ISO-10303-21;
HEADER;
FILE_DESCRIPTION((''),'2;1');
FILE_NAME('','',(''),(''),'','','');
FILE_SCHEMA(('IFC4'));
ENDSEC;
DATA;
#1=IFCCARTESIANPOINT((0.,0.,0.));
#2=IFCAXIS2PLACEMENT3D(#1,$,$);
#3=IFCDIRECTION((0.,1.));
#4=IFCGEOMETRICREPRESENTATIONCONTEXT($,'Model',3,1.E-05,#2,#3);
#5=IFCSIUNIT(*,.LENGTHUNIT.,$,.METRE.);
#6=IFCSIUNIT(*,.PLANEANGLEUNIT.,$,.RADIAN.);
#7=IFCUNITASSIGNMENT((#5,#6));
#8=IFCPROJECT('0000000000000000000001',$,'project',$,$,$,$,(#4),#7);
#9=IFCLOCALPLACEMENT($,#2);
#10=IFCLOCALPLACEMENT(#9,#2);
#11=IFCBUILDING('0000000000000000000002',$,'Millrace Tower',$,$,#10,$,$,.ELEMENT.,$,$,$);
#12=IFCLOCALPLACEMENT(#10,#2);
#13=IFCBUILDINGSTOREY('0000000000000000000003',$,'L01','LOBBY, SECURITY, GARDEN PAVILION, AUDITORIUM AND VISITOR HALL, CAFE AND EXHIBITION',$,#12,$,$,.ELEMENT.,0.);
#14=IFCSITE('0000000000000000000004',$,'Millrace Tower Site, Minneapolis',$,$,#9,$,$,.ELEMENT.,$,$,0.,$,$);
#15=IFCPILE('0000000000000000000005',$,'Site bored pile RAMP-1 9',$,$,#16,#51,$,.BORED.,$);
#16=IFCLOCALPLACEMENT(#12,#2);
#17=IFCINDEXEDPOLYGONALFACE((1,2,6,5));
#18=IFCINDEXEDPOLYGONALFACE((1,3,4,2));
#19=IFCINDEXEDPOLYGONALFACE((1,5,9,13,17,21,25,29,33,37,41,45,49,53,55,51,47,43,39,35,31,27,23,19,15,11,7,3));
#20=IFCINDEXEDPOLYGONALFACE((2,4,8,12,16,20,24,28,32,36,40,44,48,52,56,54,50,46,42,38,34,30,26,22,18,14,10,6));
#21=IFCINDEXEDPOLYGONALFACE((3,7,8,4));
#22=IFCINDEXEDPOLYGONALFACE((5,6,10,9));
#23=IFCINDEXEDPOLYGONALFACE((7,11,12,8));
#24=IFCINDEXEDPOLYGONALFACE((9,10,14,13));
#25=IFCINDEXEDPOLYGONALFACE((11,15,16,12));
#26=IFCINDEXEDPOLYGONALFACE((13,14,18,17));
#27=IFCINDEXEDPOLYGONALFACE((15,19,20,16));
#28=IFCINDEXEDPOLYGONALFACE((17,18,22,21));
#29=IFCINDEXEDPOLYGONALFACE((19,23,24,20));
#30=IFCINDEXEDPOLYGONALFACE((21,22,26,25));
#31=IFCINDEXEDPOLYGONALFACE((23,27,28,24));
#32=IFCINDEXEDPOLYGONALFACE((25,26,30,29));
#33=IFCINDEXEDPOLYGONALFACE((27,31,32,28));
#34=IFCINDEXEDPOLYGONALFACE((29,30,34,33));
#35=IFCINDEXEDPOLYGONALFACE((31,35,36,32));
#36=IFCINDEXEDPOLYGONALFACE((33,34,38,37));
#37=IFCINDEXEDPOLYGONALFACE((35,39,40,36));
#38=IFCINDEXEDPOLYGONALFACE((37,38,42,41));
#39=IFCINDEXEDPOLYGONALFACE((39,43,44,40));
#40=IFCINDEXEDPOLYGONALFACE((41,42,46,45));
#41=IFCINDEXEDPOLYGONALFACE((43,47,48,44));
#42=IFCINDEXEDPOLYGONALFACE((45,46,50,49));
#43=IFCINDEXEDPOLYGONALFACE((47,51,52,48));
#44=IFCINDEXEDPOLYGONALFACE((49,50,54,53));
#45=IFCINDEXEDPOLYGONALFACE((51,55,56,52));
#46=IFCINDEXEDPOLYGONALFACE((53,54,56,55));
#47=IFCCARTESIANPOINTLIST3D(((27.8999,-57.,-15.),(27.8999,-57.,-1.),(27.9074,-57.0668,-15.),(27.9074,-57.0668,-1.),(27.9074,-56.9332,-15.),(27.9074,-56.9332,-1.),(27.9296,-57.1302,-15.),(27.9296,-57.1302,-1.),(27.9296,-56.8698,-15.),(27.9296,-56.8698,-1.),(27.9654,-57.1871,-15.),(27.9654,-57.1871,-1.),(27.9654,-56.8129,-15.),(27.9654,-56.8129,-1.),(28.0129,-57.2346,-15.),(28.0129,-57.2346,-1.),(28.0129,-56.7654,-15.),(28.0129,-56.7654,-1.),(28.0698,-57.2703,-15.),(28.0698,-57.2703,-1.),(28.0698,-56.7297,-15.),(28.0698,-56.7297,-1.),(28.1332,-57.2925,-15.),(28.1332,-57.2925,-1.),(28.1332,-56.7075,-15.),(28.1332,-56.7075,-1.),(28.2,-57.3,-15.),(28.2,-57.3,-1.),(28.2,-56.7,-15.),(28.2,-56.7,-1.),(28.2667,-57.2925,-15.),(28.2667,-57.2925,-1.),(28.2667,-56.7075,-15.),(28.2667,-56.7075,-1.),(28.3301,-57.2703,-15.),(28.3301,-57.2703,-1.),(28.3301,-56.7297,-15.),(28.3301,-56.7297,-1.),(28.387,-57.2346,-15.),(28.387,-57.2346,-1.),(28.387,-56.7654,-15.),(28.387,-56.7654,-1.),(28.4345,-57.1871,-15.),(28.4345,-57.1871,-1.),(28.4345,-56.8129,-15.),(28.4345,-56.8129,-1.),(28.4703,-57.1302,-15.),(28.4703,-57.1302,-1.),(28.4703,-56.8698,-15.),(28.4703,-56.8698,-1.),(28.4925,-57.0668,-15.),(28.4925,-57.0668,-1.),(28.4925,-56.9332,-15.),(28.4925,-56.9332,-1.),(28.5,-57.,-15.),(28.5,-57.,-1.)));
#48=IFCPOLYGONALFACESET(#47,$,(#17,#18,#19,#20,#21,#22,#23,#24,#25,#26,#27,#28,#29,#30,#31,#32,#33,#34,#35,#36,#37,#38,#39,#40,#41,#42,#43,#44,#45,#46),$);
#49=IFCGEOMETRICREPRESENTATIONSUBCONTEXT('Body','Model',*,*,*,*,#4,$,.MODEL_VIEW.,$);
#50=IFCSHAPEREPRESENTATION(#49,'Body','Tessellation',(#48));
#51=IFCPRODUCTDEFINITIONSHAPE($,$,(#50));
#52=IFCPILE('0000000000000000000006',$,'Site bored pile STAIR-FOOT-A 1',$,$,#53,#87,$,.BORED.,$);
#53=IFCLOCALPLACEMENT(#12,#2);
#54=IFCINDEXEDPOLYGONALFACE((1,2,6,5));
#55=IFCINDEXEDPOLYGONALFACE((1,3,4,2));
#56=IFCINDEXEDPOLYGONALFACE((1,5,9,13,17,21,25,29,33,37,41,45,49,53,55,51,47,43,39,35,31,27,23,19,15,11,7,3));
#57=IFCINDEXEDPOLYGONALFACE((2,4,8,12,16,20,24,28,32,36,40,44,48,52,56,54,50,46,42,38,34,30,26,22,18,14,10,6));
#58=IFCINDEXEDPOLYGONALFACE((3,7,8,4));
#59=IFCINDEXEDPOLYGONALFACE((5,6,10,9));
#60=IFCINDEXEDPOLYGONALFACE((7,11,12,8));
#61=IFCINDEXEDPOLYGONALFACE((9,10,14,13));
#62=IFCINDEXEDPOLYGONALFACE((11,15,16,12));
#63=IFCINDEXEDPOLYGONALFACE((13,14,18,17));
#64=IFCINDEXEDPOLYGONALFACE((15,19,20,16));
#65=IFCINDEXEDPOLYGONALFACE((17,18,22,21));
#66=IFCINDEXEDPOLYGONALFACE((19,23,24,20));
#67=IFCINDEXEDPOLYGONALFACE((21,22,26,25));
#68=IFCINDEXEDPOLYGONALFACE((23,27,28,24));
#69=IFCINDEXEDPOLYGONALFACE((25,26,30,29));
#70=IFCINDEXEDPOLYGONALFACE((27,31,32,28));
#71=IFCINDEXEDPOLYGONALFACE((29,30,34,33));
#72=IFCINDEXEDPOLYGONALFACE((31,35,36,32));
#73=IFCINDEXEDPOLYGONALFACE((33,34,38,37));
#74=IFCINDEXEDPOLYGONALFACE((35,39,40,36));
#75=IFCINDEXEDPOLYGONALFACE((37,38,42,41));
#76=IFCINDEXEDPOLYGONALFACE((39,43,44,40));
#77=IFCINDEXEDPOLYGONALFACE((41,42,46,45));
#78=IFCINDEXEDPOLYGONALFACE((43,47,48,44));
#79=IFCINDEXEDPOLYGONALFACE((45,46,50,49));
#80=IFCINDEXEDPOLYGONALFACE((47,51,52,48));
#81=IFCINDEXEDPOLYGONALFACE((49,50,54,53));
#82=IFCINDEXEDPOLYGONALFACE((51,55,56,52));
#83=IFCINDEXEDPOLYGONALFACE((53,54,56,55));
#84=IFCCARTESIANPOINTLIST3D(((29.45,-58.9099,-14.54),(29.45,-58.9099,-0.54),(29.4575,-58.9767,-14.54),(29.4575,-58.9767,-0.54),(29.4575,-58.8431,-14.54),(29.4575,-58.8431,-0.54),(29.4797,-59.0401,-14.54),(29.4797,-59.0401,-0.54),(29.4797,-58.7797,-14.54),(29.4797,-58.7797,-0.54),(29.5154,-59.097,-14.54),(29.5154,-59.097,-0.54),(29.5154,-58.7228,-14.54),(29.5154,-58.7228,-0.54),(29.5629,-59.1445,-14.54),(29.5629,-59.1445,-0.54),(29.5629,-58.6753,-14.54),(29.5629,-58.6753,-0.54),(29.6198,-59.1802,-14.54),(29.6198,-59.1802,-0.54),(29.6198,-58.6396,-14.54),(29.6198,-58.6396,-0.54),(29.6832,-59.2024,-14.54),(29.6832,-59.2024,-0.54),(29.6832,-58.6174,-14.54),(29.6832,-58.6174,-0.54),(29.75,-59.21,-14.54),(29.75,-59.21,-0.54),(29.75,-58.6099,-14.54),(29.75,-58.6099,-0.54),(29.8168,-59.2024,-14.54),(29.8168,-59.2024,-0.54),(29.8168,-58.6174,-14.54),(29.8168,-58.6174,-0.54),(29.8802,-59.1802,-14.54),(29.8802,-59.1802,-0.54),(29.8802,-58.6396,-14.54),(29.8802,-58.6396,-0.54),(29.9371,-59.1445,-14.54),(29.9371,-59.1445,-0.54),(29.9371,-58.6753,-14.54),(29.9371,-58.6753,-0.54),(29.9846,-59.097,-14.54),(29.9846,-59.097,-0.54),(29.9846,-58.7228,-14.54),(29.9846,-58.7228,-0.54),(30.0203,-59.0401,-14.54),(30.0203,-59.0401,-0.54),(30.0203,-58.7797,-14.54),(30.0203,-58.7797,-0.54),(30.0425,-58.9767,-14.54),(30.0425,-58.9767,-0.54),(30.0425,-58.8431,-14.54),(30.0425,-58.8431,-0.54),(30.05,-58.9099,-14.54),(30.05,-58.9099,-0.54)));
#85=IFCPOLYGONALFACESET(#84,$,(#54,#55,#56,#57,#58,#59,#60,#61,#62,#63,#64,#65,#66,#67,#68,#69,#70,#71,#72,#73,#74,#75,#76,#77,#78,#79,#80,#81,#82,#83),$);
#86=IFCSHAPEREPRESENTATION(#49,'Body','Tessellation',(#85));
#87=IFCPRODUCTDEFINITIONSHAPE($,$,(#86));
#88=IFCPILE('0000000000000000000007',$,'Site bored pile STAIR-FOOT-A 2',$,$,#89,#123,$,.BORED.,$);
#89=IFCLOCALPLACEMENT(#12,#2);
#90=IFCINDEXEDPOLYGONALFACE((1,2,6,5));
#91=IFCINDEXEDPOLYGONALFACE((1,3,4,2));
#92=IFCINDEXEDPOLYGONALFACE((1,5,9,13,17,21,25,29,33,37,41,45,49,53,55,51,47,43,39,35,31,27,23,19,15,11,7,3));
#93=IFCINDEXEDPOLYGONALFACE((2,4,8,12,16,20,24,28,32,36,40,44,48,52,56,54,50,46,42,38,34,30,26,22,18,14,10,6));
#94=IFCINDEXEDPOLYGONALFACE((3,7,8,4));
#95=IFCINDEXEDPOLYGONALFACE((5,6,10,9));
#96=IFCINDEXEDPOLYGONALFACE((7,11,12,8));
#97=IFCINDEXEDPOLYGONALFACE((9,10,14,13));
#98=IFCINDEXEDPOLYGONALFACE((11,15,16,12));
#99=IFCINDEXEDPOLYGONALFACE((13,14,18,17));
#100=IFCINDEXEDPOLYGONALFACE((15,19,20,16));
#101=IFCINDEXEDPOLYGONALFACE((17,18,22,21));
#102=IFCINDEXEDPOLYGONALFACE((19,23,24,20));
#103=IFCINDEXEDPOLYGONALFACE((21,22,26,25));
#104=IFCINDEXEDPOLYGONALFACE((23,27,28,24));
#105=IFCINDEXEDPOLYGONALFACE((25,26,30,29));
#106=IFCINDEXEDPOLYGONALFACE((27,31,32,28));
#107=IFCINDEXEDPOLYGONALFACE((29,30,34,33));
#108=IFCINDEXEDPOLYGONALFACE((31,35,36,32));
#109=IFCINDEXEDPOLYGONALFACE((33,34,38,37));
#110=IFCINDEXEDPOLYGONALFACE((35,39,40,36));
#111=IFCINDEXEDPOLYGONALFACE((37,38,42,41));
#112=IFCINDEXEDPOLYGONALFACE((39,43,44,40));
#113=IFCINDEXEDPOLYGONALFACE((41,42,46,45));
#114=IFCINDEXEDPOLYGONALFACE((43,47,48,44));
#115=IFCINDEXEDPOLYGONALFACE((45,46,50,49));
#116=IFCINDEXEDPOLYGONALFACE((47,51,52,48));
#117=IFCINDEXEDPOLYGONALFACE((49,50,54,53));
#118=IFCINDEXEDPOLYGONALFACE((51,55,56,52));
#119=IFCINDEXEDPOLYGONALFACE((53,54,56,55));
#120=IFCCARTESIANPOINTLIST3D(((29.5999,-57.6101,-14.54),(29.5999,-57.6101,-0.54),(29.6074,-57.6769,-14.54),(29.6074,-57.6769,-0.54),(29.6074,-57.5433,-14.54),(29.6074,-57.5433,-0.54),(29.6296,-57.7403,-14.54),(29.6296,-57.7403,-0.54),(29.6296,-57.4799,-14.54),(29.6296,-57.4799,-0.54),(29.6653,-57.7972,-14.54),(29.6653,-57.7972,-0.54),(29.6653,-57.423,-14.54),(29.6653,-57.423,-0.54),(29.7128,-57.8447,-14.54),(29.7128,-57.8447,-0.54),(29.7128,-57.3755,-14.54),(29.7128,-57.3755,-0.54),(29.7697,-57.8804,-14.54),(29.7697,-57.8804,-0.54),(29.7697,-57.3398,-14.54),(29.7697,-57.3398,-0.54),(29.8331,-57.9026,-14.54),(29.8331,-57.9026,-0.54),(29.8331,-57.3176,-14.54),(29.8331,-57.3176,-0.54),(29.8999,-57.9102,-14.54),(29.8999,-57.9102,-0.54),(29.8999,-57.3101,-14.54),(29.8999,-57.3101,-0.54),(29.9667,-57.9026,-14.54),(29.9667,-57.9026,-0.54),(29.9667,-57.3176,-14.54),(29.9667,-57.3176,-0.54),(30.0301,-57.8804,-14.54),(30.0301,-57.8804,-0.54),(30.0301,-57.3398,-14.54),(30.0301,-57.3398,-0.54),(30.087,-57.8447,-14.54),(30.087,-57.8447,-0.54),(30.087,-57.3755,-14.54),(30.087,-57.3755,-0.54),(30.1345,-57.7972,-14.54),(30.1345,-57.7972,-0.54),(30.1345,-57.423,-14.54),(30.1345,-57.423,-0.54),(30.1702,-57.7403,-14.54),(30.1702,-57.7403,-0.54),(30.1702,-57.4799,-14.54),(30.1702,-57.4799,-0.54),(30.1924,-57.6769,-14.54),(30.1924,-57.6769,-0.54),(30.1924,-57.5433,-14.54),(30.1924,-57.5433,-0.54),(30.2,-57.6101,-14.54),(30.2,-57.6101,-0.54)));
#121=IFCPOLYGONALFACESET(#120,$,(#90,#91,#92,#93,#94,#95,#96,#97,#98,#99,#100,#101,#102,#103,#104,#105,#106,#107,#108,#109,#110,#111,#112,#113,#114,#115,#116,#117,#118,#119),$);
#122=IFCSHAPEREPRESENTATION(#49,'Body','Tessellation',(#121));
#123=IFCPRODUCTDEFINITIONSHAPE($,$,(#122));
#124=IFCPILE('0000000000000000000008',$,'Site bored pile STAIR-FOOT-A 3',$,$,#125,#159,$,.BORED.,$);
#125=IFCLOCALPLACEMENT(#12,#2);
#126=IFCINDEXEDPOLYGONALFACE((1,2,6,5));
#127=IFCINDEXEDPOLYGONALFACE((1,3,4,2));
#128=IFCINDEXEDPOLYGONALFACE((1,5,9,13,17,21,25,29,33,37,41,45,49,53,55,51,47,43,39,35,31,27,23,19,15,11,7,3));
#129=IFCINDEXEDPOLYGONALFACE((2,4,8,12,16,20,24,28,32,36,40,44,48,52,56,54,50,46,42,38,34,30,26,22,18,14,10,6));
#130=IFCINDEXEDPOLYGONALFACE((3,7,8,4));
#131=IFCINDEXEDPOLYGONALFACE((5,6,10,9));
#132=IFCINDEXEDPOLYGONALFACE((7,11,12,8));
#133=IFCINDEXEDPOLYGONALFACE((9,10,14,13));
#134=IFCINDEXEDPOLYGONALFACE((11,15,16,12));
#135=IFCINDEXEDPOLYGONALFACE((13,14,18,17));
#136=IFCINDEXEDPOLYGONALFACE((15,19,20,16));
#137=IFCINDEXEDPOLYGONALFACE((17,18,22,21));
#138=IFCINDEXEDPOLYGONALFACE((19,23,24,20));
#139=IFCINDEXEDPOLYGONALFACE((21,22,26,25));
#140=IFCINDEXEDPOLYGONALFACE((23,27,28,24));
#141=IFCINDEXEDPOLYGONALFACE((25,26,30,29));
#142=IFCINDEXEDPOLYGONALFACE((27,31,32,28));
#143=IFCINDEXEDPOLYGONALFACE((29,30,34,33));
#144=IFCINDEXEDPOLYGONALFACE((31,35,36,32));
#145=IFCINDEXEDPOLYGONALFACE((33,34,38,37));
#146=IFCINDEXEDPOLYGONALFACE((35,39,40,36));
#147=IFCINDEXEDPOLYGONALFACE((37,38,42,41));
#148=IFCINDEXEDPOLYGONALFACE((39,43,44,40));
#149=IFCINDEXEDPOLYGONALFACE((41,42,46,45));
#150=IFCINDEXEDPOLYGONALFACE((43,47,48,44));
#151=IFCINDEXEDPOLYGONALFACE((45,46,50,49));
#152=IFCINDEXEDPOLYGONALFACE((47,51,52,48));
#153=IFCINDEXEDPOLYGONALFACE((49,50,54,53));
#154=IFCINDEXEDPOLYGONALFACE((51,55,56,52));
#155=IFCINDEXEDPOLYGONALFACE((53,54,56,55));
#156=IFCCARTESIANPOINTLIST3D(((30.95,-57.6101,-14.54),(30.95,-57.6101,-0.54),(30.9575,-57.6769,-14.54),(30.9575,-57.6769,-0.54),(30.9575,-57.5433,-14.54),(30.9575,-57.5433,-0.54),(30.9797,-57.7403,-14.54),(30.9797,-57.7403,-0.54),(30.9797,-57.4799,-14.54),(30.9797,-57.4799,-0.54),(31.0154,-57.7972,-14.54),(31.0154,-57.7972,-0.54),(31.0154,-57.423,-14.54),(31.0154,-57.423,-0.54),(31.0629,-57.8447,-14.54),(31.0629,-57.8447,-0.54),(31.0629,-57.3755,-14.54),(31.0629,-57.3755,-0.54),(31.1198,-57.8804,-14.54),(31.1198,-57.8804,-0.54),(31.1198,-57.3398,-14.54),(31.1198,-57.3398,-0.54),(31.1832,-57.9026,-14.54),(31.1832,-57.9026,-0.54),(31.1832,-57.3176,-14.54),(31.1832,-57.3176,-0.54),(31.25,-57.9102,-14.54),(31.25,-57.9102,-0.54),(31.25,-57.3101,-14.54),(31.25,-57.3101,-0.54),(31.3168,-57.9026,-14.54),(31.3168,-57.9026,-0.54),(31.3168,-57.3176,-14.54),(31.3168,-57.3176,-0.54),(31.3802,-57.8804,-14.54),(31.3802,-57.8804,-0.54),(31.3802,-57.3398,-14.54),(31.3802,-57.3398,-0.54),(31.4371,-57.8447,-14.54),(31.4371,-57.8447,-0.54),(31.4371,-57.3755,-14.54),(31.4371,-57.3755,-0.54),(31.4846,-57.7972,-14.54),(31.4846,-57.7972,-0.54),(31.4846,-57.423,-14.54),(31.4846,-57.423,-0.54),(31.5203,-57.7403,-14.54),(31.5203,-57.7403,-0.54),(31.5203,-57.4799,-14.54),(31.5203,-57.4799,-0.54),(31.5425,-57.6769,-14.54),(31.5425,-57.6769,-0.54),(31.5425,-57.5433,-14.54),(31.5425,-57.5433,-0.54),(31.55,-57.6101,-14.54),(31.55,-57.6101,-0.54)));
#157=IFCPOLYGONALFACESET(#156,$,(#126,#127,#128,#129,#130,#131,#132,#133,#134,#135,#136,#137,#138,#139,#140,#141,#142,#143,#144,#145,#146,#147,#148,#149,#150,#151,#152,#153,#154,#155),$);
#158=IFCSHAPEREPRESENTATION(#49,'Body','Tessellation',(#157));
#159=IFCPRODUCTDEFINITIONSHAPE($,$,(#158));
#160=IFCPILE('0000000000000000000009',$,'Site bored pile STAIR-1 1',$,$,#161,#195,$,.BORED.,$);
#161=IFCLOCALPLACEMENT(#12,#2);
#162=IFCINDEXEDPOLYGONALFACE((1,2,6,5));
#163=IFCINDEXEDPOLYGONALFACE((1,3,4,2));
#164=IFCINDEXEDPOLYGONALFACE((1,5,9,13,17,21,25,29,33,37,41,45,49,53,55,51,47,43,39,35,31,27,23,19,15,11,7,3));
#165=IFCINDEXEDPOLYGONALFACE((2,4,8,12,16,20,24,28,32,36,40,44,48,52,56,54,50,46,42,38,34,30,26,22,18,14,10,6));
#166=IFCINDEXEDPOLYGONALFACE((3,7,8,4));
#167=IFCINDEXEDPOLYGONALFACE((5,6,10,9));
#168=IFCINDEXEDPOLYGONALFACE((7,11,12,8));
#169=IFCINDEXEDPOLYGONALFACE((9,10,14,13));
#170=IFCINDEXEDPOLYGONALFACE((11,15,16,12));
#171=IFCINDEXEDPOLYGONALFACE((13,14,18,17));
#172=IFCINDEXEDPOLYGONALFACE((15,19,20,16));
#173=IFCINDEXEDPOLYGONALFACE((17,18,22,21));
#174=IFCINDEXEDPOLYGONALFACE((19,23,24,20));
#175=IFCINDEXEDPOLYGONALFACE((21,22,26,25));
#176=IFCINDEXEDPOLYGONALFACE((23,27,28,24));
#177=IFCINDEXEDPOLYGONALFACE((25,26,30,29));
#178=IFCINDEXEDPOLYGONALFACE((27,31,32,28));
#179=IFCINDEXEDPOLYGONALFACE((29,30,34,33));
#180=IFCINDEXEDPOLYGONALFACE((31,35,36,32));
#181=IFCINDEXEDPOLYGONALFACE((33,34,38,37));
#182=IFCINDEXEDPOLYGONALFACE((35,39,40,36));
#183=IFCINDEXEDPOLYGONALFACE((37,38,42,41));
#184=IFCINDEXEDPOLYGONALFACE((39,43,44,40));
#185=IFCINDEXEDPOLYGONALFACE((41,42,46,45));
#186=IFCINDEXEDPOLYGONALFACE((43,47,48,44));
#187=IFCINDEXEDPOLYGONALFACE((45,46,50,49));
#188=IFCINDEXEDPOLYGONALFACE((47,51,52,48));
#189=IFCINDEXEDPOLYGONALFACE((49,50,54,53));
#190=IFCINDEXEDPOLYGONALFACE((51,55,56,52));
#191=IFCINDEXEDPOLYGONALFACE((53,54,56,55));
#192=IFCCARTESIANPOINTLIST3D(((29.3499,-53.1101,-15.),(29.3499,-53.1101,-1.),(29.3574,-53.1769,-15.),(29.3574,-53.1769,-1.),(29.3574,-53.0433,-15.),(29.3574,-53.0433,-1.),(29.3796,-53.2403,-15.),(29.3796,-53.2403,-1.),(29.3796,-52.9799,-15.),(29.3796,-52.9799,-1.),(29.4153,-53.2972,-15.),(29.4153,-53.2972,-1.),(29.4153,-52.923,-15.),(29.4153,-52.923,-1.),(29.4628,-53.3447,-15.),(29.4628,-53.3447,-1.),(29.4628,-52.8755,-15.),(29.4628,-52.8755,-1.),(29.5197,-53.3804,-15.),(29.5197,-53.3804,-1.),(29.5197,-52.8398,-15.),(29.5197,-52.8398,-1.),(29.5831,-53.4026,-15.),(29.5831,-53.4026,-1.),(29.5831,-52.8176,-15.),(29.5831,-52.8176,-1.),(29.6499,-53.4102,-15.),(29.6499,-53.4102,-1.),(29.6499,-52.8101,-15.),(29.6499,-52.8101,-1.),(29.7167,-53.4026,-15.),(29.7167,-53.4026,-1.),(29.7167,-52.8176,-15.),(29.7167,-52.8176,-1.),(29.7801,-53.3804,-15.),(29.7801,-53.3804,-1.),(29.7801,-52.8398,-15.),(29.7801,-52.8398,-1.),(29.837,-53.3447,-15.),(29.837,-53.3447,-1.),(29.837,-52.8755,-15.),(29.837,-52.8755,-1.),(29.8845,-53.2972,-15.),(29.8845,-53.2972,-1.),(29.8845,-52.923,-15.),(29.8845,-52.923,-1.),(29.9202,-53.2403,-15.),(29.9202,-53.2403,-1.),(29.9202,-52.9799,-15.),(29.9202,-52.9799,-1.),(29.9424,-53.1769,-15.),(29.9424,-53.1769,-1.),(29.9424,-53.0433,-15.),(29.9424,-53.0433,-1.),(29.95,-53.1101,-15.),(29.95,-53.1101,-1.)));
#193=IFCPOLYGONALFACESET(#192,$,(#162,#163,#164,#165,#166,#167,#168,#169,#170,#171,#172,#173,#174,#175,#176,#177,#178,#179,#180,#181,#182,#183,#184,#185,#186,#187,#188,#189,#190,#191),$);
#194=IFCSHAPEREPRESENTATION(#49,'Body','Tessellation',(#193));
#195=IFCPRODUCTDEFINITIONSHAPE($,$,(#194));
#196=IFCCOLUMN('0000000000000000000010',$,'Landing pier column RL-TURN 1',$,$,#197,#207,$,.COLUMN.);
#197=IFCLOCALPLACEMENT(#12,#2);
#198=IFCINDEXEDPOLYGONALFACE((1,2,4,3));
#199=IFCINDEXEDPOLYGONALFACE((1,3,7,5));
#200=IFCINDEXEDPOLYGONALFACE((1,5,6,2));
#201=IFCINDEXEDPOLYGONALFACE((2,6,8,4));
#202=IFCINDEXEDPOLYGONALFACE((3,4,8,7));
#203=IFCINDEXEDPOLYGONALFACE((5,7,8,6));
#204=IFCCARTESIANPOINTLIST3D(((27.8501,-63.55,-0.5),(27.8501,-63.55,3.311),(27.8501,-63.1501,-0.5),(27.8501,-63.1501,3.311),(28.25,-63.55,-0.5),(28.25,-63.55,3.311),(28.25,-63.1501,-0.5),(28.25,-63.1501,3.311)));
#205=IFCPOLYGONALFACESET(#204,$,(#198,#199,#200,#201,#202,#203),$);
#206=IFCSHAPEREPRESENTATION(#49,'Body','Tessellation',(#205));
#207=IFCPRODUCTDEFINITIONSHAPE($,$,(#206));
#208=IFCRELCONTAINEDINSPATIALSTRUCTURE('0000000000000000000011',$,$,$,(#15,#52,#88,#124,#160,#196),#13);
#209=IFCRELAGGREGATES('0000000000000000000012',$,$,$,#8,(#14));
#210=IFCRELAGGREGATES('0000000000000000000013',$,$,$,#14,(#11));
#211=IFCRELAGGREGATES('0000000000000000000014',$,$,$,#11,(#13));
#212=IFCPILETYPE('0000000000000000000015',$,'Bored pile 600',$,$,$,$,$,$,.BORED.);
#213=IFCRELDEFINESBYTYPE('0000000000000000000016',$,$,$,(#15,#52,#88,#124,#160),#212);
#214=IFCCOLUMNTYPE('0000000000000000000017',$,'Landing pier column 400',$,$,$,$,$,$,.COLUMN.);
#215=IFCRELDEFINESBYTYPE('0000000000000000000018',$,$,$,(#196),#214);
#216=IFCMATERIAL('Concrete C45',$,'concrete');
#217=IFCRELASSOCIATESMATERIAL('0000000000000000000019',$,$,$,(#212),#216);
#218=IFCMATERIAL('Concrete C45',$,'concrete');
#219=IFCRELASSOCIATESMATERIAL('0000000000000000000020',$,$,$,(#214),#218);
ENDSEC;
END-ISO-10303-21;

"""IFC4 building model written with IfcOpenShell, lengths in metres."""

from ifc_helpers import new_model, si_unit, direction, frame, origin, origin_2d, place, context, subcontext, project, spatial, rectangle, circle, extrude, material, material_profile, profile_set, type_object, element, save


model = new_model("IFC4")

# Units and contexts
model_context = context("Model", 3, precision=1e-05, world=origin(), true_north=direction((0.0, 1.0)))
body_context = subcontext(model_context, "Body", "Model", "MODEL_VIEW")
ifc_project = project(units=[si_unit("LENGTHUNIT", "METRE"), si_unit("PLANEANGLEUNIT", "RADIAN")], contexts=[model_context])

# Site, building, storey
site_placement = place(None, origin())
site = spatial("IfcSite", under=ifc_project, at=site_placement, Name="Millrace Tower Site, Minneapolis", CompositionType="ELEMENT", RefElevation=0.0)
building_placement = place(site_placement, origin())
building = spatial("IfcBuilding", under=site, at=building_placement, Name="Millrace Tower", CompositionType="ELEMENT")
storey_placement = place(building_placement, origin())
storey = spatial("IfcBuildingStorey", under=building, at=storey_placement, Name="L01", Description="LOBBY, SECURITY, GARDEN PAVILION, AUDITORIUM AND VISITOR HALL, CAFE AND EXHIBITION", CompositionType="ELEMENT", Elevation=0.0)

# Piles
ifc_material_1 = material(Name="Concrete C45", Category="concrete")
ifc_material_profile_1 = material_profile(ifc_material_1, circle(Radius=0.3, at=origin_2d()))
ifc_profile_set_1 = profile_set([ifc_material_profile_1], Name="Concrete C45")
pile_type = type_object("IfcPileType", Name="Bored pile 600", PredefinedType="BORED", material=ifc_profile_set_1)
for number, where, z_axis, x_axis, name in (
    (1, (28.2, -57.0, -1.0), (0.0, 0.0, -1.0), (1.0, 0.0, 0.0), "Site bored pile RAMP-1 9"),
    (2, (29.75, -58.9099, -0.54), (0.0, 0.0, -1.0), (1.0, 0.0, 0.0), "Site bored pile STAIR-FOOT-A 1"),
    (3, (29.8999, -57.6101, -0.54), (0.0, 0.0, -1.0), (1.0, 0.0, 0.0), "Site bored pile STAIR-FOOT-A 2"),
    (4, (31.25, -57.6101, -0.54), (0.0, 0.0, -1.0), (1.0, 0.0, 0.0), "Site bored pile STAIR-FOOT-A 3"),
    (5, (29.6499, -53.1101, -1.0), (0.0, 0.0, -1.0), (1.0, 0.0, 0.0), "Site bored pile STAIR-1 1"),
):
    element("IfcPile", number, at=place(storey_placement, frame(where, z_axis=z_axis, x_axis=x_axis)), inside=storey, type_object=pile_type, Name=name, PredefinedType="BORED", context=body_context, shape_type="SweptSolid", body=[
        extrude(circle(Radius=0.3, at=origin_2d()), origin(), (0.0, 0.0, 1.0), 14.0),
    ])

# Column
ifc_material_2 = material(Name="Concrete C45", Category="concrete")
ifc_material_profile_2 = material_profile(ifc_material_2, rectangle(XDim=0.3999, YDim=0.3999, at=origin_2d()))
ifc_profile_set_2 = profile_set([ifc_material_profile_2], Name="Concrete C45")
column_type = type_object("IfcColumnType", Name="Landing pier column 400", PredefinedType="COLUMN", material=ifc_profile_set_2)
for number, where, z_axis, x_axis, name in (
    (6, (28.05, -63.3501, -0.5), (0.0, 0.0, 1.0), (1.0, 0.0, 0.0), "Landing pier column RL-TURN 1"),
):
    element("IfcColumn", number, at=place(storey_placement, frame(where, z_axis=z_axis, x_axis=x_axis)), inside=storey, type_object=column_type, Name=name, PredefinedType="COLUMN", context=body_context, shape_type="SweptSolid", body=[
        extrude(rectangle(XDim=0.3999, YDim=0.3999, at=origin_2d()), origin(), (0.0, 0.0, 1.0), 3.811),
    ])

save(model, "model.ifc")
